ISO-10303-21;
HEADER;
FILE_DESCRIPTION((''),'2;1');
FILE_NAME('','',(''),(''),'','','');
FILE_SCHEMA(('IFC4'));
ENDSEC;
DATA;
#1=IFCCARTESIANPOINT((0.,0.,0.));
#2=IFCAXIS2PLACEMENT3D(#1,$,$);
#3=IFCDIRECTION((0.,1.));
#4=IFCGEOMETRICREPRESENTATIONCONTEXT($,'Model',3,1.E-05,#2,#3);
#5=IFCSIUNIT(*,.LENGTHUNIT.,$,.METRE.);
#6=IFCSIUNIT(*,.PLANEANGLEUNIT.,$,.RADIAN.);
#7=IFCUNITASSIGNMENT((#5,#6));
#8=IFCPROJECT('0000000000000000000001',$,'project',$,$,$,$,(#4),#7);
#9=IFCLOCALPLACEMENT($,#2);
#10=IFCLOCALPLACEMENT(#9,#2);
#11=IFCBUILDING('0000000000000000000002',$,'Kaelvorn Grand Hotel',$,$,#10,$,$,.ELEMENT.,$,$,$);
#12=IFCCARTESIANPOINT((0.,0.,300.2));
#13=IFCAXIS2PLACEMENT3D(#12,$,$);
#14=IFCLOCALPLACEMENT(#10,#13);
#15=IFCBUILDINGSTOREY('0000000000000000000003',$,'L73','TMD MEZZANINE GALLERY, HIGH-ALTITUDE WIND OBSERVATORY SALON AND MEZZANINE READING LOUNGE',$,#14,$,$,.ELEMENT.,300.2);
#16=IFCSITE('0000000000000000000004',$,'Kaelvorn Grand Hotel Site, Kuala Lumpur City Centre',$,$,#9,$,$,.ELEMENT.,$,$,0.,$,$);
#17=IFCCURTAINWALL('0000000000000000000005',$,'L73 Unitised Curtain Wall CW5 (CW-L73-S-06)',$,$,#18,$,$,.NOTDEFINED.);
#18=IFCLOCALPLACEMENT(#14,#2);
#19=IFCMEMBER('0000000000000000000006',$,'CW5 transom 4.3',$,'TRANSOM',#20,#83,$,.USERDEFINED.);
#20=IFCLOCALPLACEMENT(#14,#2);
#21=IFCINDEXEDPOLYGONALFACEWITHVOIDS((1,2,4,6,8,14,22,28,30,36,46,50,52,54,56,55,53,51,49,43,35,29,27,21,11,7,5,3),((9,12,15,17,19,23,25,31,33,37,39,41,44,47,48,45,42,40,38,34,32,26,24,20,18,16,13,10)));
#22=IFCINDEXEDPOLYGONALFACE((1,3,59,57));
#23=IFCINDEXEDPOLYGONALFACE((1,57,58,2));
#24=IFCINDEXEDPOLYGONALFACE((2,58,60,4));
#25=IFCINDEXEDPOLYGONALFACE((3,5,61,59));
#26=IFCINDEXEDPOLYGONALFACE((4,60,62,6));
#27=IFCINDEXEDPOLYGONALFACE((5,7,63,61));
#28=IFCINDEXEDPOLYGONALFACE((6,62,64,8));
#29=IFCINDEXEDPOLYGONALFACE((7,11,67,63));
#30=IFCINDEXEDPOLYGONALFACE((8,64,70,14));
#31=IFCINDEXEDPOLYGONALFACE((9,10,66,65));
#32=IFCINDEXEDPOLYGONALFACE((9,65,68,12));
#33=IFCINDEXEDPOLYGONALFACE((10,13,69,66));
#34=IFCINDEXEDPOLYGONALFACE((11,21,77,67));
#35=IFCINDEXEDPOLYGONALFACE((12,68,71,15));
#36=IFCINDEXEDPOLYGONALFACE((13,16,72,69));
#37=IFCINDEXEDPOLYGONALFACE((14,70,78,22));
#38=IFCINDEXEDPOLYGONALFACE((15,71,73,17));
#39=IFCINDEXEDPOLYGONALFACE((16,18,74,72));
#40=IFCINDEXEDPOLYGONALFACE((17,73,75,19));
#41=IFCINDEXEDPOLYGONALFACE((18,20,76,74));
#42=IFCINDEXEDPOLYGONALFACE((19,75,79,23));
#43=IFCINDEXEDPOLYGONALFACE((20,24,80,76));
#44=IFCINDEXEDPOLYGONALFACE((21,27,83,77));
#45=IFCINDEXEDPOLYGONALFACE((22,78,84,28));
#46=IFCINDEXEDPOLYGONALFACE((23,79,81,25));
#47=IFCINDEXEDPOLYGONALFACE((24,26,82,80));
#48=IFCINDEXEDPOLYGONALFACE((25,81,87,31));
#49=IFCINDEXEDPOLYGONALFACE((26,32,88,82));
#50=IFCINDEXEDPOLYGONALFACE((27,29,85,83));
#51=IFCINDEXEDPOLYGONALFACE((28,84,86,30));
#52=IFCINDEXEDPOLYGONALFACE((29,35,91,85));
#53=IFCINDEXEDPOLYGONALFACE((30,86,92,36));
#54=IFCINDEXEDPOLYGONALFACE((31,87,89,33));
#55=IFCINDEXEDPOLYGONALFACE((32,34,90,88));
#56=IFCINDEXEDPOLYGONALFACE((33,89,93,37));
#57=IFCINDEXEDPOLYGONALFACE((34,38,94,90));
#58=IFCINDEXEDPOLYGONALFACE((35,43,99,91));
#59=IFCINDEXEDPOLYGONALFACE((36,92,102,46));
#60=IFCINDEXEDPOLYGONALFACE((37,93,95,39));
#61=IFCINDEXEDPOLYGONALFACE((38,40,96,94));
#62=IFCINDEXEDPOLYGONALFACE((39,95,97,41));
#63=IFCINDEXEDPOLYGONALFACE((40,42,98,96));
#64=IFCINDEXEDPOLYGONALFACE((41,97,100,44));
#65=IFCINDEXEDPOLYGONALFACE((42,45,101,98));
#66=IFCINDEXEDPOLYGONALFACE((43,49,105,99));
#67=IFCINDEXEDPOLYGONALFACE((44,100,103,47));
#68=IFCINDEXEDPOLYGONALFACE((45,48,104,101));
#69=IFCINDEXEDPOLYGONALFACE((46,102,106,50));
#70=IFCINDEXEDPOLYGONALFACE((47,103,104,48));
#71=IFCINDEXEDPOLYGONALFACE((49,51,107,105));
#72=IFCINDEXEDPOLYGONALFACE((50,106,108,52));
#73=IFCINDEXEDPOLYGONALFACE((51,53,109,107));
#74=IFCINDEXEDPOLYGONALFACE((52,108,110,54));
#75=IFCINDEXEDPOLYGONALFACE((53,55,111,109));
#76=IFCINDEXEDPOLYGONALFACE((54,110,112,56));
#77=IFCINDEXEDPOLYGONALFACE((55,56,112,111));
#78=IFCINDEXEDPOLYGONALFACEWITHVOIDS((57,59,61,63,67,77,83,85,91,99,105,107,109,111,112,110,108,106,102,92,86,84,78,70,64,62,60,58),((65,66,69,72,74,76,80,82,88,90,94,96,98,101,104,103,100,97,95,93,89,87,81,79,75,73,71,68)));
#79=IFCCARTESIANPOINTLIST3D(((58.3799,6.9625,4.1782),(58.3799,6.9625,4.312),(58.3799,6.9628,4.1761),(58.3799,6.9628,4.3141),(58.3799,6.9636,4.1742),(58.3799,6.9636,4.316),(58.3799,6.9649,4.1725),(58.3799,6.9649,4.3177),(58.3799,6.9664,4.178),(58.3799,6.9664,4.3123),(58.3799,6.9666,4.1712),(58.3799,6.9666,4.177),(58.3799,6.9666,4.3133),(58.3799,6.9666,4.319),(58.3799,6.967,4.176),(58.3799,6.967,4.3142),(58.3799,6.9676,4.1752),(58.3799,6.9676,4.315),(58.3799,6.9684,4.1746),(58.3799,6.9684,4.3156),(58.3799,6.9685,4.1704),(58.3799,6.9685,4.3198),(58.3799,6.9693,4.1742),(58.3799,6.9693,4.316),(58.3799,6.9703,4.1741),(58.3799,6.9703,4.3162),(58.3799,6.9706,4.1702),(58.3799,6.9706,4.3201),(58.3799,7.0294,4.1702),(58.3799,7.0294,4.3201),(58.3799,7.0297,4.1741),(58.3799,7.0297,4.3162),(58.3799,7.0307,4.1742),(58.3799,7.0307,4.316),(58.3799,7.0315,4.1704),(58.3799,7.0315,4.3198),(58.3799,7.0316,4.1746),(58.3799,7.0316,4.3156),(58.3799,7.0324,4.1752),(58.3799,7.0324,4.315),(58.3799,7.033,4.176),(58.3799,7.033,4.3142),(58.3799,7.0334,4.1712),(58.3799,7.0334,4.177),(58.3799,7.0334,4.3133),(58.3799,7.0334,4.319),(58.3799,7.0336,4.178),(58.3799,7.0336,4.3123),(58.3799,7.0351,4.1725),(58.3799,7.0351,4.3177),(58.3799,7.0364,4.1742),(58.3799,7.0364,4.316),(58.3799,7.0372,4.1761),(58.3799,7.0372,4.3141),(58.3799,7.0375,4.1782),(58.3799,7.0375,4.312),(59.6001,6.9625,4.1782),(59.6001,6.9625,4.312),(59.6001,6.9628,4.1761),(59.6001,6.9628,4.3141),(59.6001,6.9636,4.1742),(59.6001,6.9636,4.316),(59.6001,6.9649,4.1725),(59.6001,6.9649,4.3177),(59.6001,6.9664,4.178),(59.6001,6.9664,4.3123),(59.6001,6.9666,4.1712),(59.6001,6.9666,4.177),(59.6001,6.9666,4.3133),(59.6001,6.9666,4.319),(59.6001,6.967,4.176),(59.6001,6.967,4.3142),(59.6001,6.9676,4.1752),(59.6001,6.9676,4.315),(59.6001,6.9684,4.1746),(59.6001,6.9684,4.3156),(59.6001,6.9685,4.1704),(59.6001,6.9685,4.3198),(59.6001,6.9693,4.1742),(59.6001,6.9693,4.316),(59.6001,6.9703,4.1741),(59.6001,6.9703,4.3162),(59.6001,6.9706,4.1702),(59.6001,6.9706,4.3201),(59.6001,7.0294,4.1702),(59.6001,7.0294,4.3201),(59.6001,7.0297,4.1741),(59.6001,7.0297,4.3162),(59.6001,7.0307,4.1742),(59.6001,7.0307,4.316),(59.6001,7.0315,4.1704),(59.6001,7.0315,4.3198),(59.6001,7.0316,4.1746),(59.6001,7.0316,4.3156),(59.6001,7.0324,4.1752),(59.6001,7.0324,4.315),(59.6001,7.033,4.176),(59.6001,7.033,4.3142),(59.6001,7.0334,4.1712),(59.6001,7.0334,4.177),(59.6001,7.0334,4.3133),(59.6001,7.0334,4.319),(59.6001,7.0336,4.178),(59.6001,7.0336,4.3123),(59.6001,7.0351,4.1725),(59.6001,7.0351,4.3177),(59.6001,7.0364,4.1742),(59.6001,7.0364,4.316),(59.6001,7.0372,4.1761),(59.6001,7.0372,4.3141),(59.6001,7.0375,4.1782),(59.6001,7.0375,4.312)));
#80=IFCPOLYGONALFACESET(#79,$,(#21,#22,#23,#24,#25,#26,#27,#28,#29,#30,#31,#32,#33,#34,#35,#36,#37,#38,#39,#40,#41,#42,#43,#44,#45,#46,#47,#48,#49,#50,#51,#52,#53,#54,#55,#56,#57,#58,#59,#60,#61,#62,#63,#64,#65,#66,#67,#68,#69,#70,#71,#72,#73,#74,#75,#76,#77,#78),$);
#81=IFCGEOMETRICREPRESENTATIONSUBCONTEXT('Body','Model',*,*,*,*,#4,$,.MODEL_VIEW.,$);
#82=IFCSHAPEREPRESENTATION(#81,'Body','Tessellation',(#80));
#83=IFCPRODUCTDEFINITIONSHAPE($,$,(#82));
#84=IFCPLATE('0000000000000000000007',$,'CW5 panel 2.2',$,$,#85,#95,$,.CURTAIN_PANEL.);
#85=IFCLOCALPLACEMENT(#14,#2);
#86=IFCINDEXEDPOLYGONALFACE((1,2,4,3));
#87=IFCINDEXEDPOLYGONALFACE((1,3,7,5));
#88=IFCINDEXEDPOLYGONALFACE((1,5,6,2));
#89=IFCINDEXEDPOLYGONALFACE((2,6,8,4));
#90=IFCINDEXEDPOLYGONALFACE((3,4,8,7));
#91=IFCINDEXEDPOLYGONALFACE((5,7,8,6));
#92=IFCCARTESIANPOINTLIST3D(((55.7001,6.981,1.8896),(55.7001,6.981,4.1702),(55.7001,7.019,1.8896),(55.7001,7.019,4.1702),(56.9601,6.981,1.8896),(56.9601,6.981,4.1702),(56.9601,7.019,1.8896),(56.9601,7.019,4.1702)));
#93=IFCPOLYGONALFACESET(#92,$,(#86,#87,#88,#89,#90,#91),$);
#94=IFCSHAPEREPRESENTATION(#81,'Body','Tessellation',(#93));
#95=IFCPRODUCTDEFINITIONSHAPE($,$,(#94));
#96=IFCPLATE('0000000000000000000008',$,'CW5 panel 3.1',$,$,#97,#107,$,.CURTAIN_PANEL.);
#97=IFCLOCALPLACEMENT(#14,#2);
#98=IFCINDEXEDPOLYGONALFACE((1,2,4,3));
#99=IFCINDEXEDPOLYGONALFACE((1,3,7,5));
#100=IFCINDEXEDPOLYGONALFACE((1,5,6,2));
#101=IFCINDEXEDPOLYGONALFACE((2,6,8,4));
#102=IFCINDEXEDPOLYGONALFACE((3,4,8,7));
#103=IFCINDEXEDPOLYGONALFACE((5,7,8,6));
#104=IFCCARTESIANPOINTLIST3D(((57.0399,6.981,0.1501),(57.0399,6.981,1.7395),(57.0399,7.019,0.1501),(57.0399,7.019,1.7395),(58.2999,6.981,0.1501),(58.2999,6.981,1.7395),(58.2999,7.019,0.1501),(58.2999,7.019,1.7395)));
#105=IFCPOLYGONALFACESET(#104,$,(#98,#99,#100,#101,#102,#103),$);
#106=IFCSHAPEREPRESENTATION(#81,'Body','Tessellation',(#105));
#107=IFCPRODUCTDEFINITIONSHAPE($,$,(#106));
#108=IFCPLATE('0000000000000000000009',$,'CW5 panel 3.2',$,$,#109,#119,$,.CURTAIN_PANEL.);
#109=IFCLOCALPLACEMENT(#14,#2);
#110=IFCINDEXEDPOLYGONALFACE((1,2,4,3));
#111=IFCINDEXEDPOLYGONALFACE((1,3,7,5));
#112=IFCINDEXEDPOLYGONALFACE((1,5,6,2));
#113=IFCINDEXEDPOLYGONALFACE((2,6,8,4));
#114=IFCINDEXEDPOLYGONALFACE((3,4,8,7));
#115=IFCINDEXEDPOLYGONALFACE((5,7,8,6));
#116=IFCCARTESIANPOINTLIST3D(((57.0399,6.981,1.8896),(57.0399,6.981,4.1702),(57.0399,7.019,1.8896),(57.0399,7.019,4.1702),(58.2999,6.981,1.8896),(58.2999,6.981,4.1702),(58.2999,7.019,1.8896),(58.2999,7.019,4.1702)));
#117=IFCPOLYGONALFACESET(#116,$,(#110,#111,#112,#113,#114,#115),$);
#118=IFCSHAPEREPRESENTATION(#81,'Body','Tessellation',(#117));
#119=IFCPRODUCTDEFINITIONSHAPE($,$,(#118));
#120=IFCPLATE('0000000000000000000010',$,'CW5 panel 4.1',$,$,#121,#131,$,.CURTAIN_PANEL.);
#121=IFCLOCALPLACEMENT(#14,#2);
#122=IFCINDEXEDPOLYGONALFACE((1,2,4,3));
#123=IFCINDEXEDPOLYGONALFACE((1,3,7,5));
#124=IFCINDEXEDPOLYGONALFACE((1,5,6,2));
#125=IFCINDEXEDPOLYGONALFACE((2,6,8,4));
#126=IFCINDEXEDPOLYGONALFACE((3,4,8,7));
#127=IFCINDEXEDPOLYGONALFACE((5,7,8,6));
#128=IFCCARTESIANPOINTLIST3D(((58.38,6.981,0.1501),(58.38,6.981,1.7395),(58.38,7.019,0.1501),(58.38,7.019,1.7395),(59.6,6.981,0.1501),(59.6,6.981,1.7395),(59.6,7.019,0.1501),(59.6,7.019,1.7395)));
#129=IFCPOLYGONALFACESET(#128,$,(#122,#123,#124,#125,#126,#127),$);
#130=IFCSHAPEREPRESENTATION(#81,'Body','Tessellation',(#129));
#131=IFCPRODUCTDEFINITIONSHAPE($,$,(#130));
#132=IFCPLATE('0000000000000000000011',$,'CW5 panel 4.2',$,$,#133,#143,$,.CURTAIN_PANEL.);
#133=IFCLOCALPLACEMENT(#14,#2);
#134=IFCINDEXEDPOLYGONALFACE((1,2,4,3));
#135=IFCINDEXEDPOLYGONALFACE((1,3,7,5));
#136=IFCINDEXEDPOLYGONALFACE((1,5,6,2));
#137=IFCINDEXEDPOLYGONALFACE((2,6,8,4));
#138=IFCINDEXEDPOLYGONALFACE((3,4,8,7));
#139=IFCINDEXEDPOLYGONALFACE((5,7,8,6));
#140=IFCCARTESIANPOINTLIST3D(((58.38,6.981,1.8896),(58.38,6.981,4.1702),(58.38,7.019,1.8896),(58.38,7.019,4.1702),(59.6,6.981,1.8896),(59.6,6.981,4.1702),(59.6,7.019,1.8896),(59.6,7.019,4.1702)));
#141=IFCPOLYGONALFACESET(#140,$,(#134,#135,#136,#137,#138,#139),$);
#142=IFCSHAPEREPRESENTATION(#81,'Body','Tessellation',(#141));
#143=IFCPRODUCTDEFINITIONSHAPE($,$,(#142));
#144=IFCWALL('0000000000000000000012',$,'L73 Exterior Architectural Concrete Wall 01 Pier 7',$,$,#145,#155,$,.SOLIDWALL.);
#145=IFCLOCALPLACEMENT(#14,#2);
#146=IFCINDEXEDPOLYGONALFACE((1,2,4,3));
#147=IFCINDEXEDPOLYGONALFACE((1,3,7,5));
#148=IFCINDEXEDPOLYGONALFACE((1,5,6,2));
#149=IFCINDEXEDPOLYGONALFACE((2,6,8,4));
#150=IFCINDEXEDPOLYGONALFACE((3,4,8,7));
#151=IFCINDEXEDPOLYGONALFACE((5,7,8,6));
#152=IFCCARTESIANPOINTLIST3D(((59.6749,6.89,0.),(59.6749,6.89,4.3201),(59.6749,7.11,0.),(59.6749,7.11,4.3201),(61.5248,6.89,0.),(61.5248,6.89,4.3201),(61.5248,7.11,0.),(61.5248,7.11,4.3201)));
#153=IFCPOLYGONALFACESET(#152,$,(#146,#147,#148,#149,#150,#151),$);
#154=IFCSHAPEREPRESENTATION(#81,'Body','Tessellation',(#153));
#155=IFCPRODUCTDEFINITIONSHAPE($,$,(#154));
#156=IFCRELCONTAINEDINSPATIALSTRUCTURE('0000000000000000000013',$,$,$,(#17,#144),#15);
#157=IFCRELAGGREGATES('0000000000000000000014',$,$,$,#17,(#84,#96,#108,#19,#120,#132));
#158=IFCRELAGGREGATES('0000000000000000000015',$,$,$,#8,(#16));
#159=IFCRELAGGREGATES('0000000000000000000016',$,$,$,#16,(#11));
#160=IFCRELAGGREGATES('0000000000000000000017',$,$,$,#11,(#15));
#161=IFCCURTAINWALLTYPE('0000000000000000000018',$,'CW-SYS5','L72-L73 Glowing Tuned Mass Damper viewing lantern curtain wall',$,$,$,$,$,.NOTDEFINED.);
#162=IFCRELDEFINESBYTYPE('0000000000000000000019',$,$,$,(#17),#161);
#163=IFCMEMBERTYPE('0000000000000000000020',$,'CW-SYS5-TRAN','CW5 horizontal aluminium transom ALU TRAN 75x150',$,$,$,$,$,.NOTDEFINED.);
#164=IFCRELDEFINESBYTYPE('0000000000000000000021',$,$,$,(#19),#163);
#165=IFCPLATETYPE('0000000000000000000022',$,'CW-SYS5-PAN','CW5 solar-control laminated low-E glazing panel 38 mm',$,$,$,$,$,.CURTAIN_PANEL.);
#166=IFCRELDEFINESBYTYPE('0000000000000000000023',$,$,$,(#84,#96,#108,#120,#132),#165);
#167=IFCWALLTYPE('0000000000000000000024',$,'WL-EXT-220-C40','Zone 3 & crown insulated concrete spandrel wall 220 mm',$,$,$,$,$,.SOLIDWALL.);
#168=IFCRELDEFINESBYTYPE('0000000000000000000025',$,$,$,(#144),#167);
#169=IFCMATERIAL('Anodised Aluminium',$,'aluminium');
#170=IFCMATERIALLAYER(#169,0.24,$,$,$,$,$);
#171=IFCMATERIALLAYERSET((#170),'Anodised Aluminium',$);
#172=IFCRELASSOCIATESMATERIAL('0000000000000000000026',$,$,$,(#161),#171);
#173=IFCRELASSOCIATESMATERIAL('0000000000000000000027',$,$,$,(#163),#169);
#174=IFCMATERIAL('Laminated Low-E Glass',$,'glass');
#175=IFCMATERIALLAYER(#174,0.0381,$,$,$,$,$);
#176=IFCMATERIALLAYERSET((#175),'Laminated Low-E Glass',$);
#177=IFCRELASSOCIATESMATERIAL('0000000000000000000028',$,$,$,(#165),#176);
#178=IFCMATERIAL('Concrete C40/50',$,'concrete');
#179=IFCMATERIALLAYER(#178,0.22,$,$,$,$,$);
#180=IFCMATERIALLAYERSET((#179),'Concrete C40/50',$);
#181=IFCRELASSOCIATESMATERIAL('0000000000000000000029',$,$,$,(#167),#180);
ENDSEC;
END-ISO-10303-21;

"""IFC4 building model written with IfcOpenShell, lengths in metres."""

from ifc_helpers import new_model, si_unit, direction, frame, frame_2d, origin, origin_2d, place, context, subcontext, project, spatial, rectangle, hollow_rectangle, extrude, material, layer, layer_set, material_profile, profile_set, type_object, element, aggregate, save


model = new_model("IFC4")

# Units and contexts
model_context = context("Model", 3, precision=1e-05, world=origin(), true_north=direction((0.0, 1.0)))
body_context = subcontext(model_context, "Body", "Model", "MODEL_VIEW")
ifc_project = project(units=[si_unit("LENGTHUNIT", "METRE"), si_unit("PLANEANGLEUNIT", "RADIAN")], contexts=[model_context])

# Site, building, storey
site_placement = place(None, origin())
site = spatial("IfcSite", under=ifc_project, at=site_placement, Name="Kaelvorn Grand Hotel Site, Kuala Lumpur City Centre", CompositionType="ELEMENT", RefElevation=0.0)
building_placement = place(site_placement, origin())
building = spatial("IfcBuilding", under=site, at=building_placement, Name="Kaelvorn Grand Hotel", CompositionType="ELEMENT")
storey_placement = place(building_placement, frame((0.0, 0.0, 300.2)))
storey = spatial("IfcBuildingStorey", under=building, at=storey_placement, Name="L73", Description="TMD MEZZANINE GALLERY, HIGH-ALTITUDE WIND OBSERVATORY SALON AND MEZZANINE READING LOUNGE", CompositionType="ELEMENT", Elevation=300.2)

# Curtain wall
ifc_material_1 = material(Name="Anodised Aluminium", Category="aluminium")
ifc_layer_1 = layer(ifc_material_1, 0.24)
ifc_layer_set_1 = layer_set([ifc_layer_1], Name="Anodised Aluminium")
curtain_wall_type = type_object("IfcCurtainWallType", Name="CW-SYS5", Description="L72-L73 Glowing Tuned Mass Damper viewing lantern curtain wall", PredefinedType="NOTDEFINED", material=ifc_layer_set_1)
curtain_wall_1_placement = place(storey_placement, origin())
curtain_wall_1 = element("IfcCurtainWall", 1, at=curtain_wall_1_placement, inside=storey, type_object=curtain_wall_type, Name="L73 Unitised Curtain Wall CW5 (CW-L73-S-06)", PredefinedType="NOTDEFINED")

# Member
ifc_material_profile_1 = material_profile(ifc_material_1, hollow_rectangle(XDim=0.075, YDim=0.1499, WallThickness=0.0039, InnerFilletRadius=0.0039, OuterFilletRadius=0.0081, at=origin_2d()), Name="ALU TRAN 75x150")
ifc_profile_set_1 = profile_set([ifc_material_profile_1], Name="Anodised Aluminium")
member_type_1 = type_object("IfcMemberType", Name="CW-SYS5-TRAN", Description="CW5 horizontal aluminium transom ALU TRAN 75x150", PredefinedType="NOTDEFINED", material=ifc_profile_set_1)
member_1_placement = place(storey_placement, frame((58.3799, 7.0, 4.2451), z_axis=(1.0, 0.0, 0.0), x_axis=(0.0, 1.0, 0.0)))
member_1 = element("IfcMember", 2, at=member_1_placement, type_object=member_type_1, Name="CW5 transom 4.3", ObjectType="TRANSOM", PredefinedType="USERDEFINED", context=body_context, shape_type="SweptSolid", body=[
    extrude(hollow_rectangle(XDim=0.075, YDim=0.1499, WallThickness=0.0039, InnerFilletRadius=0.0039, OuterFilletRadius=0.0081, at=origin_2d()), origin(), (0.0, 0.0, 1.0), 1.2202),
])

# Plates
ifc_material_2 = material(Name="Laminated Low-E Glass", Category="glass")
ifc_layer_2 = layer(ifc_material_2, 0.0381)
ifc_layer_set_2 = layer_set([ifc_layer_2], Name="Laminated Low-E Glass")
plate_type = type_object("IfcPlateType", Name="CW-SYS5-PAN", Description="CW5 solar-control laminated low-E glazing panel 38 mm", PredefinedType="CURTAIN_PANEL", material=ifc_layer_set_2)
plate_1_placement = place(storey_placement, frame((56.3301, 7.0, 1.8896), z_axis=(0.0, 0.0, 1.0), x_axis=(1.0, 0.0, 0.0)))
plate_1 = element("IfcPlate", 3, at=plate_1_placement, type_object=plate_type, Name="CW5 panel 2.2", PredefinedType="CURTAIN_PANEL", context=body_context, shape_type="SweptSolid", body=[
    extrude(rectangle(XDim=1.26, YDim=0.0381, at=origin_2d()), origin(), (0.0, 0.0, 1.0), 2.2805),
])
plate_2_placement = place(storey_placement, frame((57.6699, 7.0, 0.1501), z_axis=(0.0, 0.0, 1.0), x_axis=(1.0, 0.0, 0.0)))
plate_2 = element("IfcPlate", 4, at=plate_2_placement, type_object=plate_type, Name="CW5 panel 3.1", PredefinedType="CURTAIN_PANEL", context=body_context, shape_type="SweptSolid", body=[
    extrude(rectangle(XDim=1.26, YDim=0.0381, at=origin_2d()), origin(), (0.0, 0.0, 1.0), 1.5894),
])
plate_3_placement = place(storey_placement, frame((57.6699, 7.0, 1.8896), z_axis=(0.0, 0.0, 1.0), x_axis=(1.0, 0.0, 0.0)))
plate_3 = element("IfcPlate", 5, at=plate_3_placement, type_object=plate_type, Name="CW5 panel 3.2", PredefinedType="CURTAIN_PANEL", context=body_context, shape_type="SweptSolid", body=[
    extrude(rectangle(XDim=1.26, YDim=0.0381, at=origin_2d()), origin(), (0.0, 0.0, 1.0), 2.2805),
])
plate_4_placement = place(storey_placement, frame((58.99, 7.0, 0.1501), z_axis=(0.0, 0.0, 1.0), x_axis=(1.0, 0.0, 0.0)))
plate_4 = element("IfcPlate", 6, at=plate_4_placement, type_object=plate_type, Name="CW5 panel 4.1", PredefinedType="CURTAIN_PANEL", context=body_context, shape_type="SweptSolid", body=[
    extrude(rectangle(XDim=1.22, YDim=0.0381, at=origin_2d()), origin(), (0.0, 0.0, 1.0), 1.5894),
])
plate_5_placement = place(storey_placement, frame((58.99, 7.0, 1.8896), z_axis=(0.0, 0.0, 1.0), x_axis=(1.0, 0.0, 0.0)))
plate_5 = element("IfcPlate", 7, at=plate_5_placement, type_object=plate_type, Name="CW5 panel 4.2", PredefinedType="CURTAIN_PANEL", context=body_context, shape_type="SweptSolid", body=[
    extrude(rectangle(XDim=1.22, YDim=0.0381, at=origin_2d()), origin(), (0.0, 0.0, 1.0), 2.2805),
])
aggregate(curtain_wall_1, [plate_1, plate_2, plate_3, member_1, plate_4, plate_5])

# Wall
ifc_material_3 = material(Name="Concrete C40/50", Category="concrete")
ifc_layer_3 = layer(ifc_material_3, 0.22)
ifc_layer_set_3 = layer_set([ifc_layer_3], Name="Concrete C40/50")
wall_type = type_object("IfcWallType", Name="WL-EXT-220-C40", Description="Zone 3 & crown insulated concrete spandrel wall 220 mm", PredefinedType="SOLIDWALL", material=ifc_layer_set_3)
wall_placement = place(storey_placement, frame((59.675, 7.0, 0.0), z_axis=(0.0, 0.0, 1.0), x_axis=(1.0, 0.0, 0.0)))
element("IfcWall", 8, at=wall_placement, inside=storey, type_object=wall_type, Name="L73 Exterior Architectural Concrete Wall 01 Pier 7", PredefinedType="SOLIDWALL", context=body_context, shape_type="SweptSolid", body=[
    extrude(rectangle(XDim=1.8499, YDim=0.22, at=frame_2d((0.9248, 0.0))), origin(), (0.0, 0.0, 1.0), 4.3201),
])

save(model, "model.ifc")
